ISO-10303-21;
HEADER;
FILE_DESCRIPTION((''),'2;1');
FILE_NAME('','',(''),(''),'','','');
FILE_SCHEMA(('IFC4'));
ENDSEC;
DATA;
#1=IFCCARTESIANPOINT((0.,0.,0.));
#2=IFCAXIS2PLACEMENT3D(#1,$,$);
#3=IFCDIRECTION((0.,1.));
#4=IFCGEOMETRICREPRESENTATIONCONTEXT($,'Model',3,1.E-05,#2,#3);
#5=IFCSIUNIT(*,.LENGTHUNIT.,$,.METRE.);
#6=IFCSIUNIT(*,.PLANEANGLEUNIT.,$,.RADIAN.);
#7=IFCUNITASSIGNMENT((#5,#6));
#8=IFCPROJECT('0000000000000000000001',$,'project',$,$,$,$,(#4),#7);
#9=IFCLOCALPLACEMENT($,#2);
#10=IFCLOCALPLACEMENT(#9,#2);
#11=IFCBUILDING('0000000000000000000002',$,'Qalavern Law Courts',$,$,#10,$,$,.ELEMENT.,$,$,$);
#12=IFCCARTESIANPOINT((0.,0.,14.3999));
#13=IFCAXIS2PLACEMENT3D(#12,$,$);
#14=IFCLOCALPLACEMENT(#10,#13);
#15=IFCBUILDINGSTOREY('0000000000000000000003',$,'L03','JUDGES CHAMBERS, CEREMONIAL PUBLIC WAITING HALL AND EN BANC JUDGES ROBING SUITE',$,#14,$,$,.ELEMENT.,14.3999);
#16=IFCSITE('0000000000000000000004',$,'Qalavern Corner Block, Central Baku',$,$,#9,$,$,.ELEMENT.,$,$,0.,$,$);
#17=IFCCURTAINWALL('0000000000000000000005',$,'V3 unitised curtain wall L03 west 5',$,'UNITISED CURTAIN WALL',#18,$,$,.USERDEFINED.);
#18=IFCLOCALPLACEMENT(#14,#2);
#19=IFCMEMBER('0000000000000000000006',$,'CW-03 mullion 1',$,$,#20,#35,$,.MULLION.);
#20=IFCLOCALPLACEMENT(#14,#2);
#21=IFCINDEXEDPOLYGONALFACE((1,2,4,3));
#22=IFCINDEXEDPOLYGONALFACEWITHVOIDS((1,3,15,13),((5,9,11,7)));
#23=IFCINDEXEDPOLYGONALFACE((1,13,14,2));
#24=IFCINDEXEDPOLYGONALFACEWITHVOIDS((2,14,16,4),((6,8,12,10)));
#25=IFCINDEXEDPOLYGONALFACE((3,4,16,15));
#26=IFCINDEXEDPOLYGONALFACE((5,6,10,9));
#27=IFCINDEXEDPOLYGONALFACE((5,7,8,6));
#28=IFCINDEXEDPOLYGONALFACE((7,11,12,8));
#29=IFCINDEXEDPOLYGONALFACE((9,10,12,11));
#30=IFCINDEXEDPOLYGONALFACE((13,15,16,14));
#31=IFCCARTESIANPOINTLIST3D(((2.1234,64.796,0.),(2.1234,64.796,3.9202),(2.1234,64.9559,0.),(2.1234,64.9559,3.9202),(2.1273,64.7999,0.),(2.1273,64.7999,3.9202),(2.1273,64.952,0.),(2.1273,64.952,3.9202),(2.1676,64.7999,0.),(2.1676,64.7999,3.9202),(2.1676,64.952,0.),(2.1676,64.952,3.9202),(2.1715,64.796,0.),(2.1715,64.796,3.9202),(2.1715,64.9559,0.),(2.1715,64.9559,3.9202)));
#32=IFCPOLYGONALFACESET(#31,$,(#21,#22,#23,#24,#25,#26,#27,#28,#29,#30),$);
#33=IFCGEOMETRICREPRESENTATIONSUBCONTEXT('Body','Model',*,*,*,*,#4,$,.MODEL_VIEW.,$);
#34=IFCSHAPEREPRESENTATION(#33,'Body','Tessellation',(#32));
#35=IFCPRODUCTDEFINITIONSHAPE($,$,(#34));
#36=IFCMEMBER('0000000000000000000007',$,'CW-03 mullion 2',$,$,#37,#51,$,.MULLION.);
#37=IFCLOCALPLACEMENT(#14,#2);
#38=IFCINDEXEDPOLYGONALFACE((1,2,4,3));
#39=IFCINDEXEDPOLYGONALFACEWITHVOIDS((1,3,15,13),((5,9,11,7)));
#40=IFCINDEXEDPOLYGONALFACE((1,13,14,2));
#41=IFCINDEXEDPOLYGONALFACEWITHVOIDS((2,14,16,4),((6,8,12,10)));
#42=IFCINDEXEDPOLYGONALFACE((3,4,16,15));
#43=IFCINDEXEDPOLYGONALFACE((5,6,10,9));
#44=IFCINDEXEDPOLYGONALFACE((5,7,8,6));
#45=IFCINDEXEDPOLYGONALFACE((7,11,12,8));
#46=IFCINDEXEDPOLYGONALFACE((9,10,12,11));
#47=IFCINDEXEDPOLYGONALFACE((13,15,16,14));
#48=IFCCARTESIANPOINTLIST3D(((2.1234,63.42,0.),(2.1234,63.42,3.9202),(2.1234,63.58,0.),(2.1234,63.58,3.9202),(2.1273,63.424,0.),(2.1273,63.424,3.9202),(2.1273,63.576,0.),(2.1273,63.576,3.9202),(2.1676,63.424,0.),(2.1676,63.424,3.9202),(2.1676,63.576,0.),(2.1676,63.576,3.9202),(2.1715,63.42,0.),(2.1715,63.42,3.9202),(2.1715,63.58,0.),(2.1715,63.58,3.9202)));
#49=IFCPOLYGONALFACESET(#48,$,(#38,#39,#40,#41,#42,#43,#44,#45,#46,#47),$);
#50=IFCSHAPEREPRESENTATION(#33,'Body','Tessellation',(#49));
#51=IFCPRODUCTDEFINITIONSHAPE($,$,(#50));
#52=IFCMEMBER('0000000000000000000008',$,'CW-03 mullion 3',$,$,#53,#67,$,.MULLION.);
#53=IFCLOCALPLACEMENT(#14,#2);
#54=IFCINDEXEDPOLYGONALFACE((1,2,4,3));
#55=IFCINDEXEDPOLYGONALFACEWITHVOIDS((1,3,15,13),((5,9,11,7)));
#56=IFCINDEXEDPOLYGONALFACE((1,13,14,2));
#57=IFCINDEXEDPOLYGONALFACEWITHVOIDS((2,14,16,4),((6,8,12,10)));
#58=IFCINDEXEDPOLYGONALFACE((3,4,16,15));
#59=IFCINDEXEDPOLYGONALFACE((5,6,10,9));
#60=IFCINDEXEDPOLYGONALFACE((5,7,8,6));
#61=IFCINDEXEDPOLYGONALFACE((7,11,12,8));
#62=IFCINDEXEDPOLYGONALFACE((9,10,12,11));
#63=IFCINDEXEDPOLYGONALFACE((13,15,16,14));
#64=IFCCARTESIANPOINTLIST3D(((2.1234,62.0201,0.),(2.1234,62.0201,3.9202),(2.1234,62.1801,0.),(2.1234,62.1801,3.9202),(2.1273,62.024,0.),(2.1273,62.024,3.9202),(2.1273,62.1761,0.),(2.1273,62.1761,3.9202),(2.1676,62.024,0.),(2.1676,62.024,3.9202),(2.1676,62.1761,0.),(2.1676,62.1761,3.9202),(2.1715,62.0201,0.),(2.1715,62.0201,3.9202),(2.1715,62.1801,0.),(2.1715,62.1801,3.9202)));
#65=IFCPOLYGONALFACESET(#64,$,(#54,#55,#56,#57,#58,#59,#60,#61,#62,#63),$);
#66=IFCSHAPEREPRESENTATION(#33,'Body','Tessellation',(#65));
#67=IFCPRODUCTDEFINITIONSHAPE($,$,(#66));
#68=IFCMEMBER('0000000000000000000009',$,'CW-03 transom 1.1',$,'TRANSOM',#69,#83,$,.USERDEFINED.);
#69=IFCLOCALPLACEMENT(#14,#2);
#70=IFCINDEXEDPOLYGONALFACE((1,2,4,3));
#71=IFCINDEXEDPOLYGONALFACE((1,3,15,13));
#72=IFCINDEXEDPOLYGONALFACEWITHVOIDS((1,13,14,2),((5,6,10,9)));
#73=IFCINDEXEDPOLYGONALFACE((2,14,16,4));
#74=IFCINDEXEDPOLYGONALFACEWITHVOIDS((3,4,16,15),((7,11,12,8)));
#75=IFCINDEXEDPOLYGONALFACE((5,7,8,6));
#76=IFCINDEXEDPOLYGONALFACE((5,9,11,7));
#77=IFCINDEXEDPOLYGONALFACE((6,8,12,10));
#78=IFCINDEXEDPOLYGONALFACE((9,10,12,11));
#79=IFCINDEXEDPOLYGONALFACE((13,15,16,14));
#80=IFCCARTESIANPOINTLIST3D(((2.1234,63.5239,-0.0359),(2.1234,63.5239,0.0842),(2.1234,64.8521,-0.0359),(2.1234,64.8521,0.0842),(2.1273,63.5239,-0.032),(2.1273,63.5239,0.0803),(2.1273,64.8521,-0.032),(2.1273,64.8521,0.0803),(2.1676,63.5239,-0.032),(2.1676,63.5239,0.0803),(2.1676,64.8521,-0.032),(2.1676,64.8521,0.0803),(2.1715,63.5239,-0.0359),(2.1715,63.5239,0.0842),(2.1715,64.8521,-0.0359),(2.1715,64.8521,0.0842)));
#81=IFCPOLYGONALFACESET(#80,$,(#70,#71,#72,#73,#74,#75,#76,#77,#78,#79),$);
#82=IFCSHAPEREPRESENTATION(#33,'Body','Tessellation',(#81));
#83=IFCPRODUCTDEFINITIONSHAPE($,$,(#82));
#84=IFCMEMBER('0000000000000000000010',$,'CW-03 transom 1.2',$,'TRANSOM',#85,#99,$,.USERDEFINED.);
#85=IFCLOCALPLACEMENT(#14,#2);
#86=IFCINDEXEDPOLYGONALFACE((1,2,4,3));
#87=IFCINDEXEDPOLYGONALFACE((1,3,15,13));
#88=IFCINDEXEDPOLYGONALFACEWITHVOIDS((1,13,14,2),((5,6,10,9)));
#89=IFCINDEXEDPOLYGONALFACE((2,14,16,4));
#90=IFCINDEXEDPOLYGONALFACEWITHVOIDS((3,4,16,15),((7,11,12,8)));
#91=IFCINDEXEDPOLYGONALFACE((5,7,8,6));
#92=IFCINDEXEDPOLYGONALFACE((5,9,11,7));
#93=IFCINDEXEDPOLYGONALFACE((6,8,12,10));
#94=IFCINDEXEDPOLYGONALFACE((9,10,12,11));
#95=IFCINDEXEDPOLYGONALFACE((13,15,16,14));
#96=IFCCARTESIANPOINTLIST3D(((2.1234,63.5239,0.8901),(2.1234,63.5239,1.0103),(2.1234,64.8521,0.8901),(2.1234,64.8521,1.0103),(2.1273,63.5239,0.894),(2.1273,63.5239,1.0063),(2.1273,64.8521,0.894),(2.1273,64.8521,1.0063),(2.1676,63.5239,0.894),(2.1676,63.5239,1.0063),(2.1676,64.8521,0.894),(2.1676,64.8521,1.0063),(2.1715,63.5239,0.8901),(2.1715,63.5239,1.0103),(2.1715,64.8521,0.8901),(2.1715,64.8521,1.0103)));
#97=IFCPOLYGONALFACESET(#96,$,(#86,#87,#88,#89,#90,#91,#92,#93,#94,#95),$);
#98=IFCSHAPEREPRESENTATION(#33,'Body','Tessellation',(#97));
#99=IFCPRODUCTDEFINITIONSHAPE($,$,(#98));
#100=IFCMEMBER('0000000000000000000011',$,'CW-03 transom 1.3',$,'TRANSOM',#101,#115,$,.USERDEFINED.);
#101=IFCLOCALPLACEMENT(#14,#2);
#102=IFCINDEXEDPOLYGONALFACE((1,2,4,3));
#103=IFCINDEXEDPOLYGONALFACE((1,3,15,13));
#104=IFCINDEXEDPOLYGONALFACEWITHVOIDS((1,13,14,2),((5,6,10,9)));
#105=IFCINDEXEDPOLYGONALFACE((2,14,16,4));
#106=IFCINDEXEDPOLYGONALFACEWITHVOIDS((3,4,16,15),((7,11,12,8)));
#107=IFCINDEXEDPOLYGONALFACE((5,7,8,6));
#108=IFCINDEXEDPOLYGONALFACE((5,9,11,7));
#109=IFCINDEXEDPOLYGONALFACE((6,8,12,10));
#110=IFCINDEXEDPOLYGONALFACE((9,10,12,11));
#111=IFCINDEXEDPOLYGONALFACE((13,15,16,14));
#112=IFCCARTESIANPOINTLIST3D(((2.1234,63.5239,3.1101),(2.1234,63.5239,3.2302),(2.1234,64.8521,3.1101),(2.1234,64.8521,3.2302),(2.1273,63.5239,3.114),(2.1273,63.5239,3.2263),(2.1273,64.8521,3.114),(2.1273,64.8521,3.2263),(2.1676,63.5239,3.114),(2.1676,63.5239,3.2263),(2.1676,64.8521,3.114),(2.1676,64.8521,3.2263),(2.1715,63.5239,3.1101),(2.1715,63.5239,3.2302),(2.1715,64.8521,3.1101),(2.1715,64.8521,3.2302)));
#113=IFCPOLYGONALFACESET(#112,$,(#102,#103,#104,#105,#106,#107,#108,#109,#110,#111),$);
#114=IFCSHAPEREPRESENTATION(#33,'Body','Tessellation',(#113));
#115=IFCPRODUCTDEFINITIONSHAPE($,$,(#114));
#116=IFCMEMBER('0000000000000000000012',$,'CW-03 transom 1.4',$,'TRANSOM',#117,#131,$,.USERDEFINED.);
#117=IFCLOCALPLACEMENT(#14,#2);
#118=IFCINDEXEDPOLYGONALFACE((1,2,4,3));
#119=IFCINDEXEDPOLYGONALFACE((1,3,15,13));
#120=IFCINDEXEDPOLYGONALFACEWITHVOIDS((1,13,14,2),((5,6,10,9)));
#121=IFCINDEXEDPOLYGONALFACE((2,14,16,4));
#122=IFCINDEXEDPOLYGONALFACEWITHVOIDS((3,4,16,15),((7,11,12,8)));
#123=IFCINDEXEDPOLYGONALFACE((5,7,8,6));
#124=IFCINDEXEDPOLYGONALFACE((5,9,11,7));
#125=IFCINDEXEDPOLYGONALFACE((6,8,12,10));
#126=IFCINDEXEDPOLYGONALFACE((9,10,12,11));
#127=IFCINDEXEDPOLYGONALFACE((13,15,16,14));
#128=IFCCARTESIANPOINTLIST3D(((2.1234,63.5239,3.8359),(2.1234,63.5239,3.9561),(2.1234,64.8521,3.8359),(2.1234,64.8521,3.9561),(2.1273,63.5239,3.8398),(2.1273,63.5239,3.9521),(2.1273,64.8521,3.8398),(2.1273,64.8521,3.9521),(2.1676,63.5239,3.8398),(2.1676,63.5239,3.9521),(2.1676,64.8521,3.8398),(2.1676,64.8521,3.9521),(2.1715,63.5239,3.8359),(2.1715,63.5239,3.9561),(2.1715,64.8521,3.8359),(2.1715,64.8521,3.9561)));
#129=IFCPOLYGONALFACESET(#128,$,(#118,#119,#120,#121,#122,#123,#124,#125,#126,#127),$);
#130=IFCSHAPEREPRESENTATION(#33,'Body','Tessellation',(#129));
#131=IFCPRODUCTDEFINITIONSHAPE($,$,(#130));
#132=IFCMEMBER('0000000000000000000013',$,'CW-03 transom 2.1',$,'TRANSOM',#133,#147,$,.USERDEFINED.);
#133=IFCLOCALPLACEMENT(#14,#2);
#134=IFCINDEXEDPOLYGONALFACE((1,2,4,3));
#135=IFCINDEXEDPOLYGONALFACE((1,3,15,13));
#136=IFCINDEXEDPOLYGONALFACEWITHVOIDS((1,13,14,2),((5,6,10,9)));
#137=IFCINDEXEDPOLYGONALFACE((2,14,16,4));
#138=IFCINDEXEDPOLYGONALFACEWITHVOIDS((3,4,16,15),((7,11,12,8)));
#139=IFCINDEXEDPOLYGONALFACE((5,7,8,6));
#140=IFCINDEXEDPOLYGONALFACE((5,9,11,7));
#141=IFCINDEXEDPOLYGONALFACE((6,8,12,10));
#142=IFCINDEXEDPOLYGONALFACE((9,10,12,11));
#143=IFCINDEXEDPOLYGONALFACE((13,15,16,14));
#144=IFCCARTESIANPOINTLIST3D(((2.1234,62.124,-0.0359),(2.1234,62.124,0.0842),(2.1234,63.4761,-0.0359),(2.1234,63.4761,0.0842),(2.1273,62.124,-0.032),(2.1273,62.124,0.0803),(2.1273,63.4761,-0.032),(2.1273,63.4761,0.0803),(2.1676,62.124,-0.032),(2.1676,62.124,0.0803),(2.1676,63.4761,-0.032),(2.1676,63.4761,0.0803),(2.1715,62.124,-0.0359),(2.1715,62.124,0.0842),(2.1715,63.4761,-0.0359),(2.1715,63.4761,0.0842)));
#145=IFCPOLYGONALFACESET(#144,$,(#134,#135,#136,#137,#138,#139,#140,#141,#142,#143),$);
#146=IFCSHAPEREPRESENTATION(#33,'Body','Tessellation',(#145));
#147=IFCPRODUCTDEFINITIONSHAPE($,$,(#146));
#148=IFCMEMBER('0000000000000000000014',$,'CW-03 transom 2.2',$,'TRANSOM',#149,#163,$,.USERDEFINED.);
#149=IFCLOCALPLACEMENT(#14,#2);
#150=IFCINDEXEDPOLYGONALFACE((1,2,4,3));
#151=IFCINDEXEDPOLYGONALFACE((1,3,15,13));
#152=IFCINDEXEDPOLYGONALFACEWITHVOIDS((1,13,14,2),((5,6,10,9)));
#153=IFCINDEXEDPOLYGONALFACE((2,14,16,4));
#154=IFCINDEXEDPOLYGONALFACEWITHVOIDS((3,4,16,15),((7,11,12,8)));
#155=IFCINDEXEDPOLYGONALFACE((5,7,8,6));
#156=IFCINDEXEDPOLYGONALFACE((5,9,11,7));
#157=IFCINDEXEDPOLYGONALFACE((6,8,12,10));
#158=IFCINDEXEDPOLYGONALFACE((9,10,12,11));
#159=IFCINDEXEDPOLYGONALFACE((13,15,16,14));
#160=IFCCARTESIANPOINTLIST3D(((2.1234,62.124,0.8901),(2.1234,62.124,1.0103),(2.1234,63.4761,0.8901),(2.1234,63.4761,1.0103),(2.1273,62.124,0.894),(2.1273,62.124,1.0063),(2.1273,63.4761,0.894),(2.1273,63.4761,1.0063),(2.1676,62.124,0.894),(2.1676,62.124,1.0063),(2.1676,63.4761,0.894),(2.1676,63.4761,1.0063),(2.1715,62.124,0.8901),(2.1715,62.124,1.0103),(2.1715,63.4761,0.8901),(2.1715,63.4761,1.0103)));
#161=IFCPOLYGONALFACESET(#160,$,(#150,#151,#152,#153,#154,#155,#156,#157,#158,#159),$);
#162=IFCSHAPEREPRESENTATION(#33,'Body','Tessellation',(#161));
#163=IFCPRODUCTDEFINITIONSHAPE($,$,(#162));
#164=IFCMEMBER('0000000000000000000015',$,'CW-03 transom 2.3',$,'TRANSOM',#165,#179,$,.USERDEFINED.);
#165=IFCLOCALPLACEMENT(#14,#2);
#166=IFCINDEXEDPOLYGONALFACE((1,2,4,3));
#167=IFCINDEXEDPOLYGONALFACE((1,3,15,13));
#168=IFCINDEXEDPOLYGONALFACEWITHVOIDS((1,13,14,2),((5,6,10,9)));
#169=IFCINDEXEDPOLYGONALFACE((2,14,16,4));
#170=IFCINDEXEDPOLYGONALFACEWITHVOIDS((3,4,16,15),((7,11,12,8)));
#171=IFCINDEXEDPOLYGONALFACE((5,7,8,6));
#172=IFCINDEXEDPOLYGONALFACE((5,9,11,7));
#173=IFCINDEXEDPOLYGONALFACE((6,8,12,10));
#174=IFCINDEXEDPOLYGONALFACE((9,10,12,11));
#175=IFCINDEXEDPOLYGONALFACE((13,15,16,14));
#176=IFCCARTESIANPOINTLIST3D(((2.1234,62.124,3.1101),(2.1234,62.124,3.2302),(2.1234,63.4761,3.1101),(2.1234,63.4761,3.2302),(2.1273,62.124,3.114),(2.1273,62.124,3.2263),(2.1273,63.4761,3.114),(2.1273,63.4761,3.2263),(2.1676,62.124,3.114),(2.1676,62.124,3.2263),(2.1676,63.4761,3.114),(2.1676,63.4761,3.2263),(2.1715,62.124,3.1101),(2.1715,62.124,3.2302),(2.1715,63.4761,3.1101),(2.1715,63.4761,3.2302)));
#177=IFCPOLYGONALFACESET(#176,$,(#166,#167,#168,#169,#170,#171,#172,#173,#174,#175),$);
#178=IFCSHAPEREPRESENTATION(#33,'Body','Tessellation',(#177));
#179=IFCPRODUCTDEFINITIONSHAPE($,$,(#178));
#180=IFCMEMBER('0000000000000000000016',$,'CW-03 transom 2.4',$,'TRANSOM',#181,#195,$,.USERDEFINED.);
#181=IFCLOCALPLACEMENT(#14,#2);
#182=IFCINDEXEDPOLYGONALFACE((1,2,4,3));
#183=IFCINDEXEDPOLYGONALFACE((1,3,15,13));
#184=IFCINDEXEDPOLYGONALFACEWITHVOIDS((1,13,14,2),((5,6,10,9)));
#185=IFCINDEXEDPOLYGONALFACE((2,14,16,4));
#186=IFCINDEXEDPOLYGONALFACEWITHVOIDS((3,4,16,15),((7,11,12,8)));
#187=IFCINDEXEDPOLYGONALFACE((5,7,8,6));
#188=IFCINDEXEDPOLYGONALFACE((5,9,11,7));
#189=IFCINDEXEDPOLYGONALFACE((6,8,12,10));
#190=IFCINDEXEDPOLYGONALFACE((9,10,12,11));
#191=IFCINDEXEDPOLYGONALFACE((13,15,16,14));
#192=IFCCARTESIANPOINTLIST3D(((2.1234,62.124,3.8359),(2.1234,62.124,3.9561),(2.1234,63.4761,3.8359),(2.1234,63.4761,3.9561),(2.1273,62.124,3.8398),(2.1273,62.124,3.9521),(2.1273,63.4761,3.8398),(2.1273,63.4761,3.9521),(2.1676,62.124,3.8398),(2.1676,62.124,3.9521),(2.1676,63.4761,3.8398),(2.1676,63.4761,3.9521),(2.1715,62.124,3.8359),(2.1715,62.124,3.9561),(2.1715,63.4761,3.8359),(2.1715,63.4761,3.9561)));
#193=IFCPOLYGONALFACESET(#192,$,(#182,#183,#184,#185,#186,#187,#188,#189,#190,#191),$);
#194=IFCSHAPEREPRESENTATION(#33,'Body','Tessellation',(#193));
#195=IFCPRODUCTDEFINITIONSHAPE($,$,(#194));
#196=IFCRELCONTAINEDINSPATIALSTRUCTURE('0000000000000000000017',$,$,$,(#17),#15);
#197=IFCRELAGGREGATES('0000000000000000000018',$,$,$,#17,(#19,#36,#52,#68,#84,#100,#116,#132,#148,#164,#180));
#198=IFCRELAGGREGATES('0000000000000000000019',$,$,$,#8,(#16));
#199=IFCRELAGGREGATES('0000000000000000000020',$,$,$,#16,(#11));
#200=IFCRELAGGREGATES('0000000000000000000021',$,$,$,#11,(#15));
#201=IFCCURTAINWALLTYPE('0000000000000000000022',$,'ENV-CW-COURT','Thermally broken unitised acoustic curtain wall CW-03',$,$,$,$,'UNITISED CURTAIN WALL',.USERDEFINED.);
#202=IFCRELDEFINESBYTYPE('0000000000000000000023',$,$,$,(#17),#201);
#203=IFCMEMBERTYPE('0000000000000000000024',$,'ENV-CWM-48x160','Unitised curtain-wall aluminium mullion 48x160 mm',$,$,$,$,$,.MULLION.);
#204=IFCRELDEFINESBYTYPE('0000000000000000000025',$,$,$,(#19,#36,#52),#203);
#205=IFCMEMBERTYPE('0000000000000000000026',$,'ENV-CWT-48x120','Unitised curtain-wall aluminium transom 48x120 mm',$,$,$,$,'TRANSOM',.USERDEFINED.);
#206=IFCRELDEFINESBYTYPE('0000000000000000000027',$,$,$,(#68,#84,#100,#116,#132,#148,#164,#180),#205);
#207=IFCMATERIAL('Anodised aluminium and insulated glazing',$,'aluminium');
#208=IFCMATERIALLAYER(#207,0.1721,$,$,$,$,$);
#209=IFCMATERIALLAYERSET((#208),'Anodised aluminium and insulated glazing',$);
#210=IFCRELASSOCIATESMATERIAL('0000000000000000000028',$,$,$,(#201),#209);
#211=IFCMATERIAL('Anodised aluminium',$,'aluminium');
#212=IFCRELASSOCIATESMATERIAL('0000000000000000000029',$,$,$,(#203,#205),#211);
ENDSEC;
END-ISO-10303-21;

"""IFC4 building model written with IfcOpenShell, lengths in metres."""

from ifc_helpers import new_model, si_unit, direction, frame, origin, origin_2d, place, context, subcontext, project, spatial, hollow_rectangle, extrude, material, layer, layer_set, material_profile, profile_set, type_object, element, aggregate, save


model = new_model("IFC4")

# Units and contexts
model_context = context("Model", 3, precision=1e-05, world=origin(), true_north=direction((0.0, 1.0)))
body_context = subcontext(model_context, "Body", "Model", "MODEL_VIEW")
ifc_project = project(units=[si_unit("LENGTHUNIT", "METRE"), si_unit("PLANEANGLEUNIT", "RADIAN")], contexts=[model_context])

# Site, building, storey
site_placement = place(None, origin())
site = spatial("IfcSite", under=ifc_project, at=site_placement, Name="Qalavern Corner Block, Central Baku", CompositionType="ELEMENT", RefElevation=0.0)
building_placement = place(site_placement, origin())
building = spatial("IfcBuilding", under=site, at=building_placement, Name="Qalavern Law Courts", CompositionType="ELEMENT")
storey_placement = place(building_placement, frame((0.0, 0.0, 14.3999)))
storey = spatial("IfcBuildingStorey", under=building, at=storey_placement, Name="L03", Description="JUDGES CHAMBERS, CEREMONIAL PUBLIC WAITING HALL AND EN BANC JUDGES ROBING SUITE", CompositionType="ELEMENT", Elevation=14.3999)

# Curtain wall, members
ifc_material_1 = material(Name="Anodised aluminium and insulated glazing", Category="aluminium")
ifc_layer_1 = layer(ifc_material_1, 0.1721)
ifc_layer_set_1 = layer_set([ifc_layer_1], Name="Anodised aluminium and insulated glazing")
curtain_wall_type = type_object("IfcCurtainWallType", Name="ENV-CW-COURT", Description="Thermally broken unitised acoustic curtain wall CW-03", ElementType="UNITISED CURTAIN WALL", PredefinedType="USERDEFINED", material=ifc_layer_set_1)
curtain_wall_placement = place(storey_placement, origin())
curtain_wall = element("IfcCurtainWall", 1, at=curtain_wall_placement, inside=storey, type_object=curtain_wall_type, Name="V3 unitised curtain wall L03 west 5", ObjectType="UNITISED CURTAIN WALL", PredefinedType="USERDEFINED")
ifc_material_2 = material(Name="Anodised aluminium", Category="aluminium")
ifc_material_profile_1 = material_profile(ifc_material_2, hollow_rectangle(XDim=0.0481, YDim=0.1599, WallThickness=0.0039, at=origin_2d()), Name="ALU MULLION 48x160")
ifc_profile_set_1 = profile_set([ifc_material_profile_1], Name="Anodised aluminium")
member_type_1 = type_object("IfcMemberType", Name="ENV-CWM-48x160", Description="Unitised curtain-wall aluminium mullion 48x160 mm", PredefinedType="MULLION", material=ifc_profile_set_1)
member_1_placement = place(storey_placement, frame((2.1475, 64.876, 0.0), z_axis=(0.0, 0.0, 1.0), x_axis=(1.0, 0.0, 0.0)))
member_1 = element("IfcMember", 2, at=member_1_placement, type_object=member_type_1, Name="CW-03 mullion 1", PredefinedType="MULLION", context=body_context, shape_type="SweptSolid", body=[
    extrude(hollow_rectangle(XDim=0.0481, YDim=0.1599, WallThickness=0.0039, at=origin_2d()), origin(), (0.0, 0.0, 1.0), 3.9202),
])
member_2_placement = place(storey_placement, frame((2.1475, 63.5, 0.0), z_axis=(0.0, 0.0, 1.0), x_axis=(1.0, 0.0, 0.0)))
member_2 = element("IfcMember", 3, at=member_2_placement, type_object=member_type_1, Name="CW-03 mullion 2", PredefinedType="MULLION", context=body_context, shape_type="SweptSolid", body=[
    extrude(hollow_rectangle(XDim=0.0481, YDim=0.1599, WallThickness=0.0039, at=origin_2d()), origin(), (0.0, 0.0, 1.0), 3.9202),
])
member_3_placement = place(storey_placement, frame((2.1475, 62.1001, 0.0), z_axis=(0.0, 0.0, 1.0), x_axis=(1.0, 0.0, 0.0)))
member_3 = element("IfcMember", 4, at=member_3_placement, type_object=member_type_1, Name="CW-03 mullion 3", PredefinedType="MULLION", context=body_context, shape_type="SweptSolid", body=[
    extrude(hollow_rectangle(XDim=0.0481, YDim=0.1599, WallThickness=0.0039, at=origin_2d()), origin(), (0.0, 0.0, 1.0), 3.9202),
])
ifc_material_profile_2 = material_profile(ifc_material_2, hollow_rectangle(XDim=0.0481, YDim=0.1201, WallThickness=0.0039, at=origin_2d()), Name="ALU TRANSOM 48x120")
ifc_profile_set_2 = profile_set([ifc_material_profile_2], Name="Anodised aluminium")
member_type_2 = type_object("IfcMemberType", Name="ENV-CWT-48x120", Description="Unitised curtain-wall aluminium transom 48x120 mm", ElementType="TRANSOM", PredefinedType="USERDEFINED", material=ifc_profile_set_2)
member_4_placement = place(storey_placement, frame((2.1475, 64.8521, 0.0242), z_axis=(0.0, -1.0, 0.0), x_axis=(1.0, 0.0, 0.0)))
member_4 = element("IfcMember", 5, at=member_4_placement, type_object=member_type_2, Name="CW-03 transom 1.1", ObjectType="TRANSOM", PredefinedType="USERDEFINED", context=body_context, shape_type="SweptSolid", body=[
    extrude(hollow_rectangle(XDim=0.0481, YDim=0.1201, WallThickness=0.0039, at=origin_2d()), origin(), (0.0, 0.0, 1.0), 1.3281),
])
member_5_placement = place(storey_placement, frame((2.1475, 64.8521, 0.9502), z_axis=(0.0, -1.0, 0.0), x_axis=(1.0, 0.0, 0.0)))
member_5 = element("IfcMember", 6, at=member_5_placement, type_object=member_type_2, Name="CW-03 transom 1.2", ObjectType="TRANSOM", PredefinedType="USERDEFINED", context=body_context, shape_type="SweptSolid", body=[
    extrude(hollow_rectangle(XDim=0.0481, YDim=0.1201, WallThickness=0.0039, at=origin_2d()), origin(), (0.0, 0.0, 1.0), 1.3281),
])
member_6_placement = place(storey_placement, frame((2.1475, 64.8521, 3.1702), z_axis=(0.0, -1.0, 0.0), x_axis=(1.0, 0.0, 0.0)))
member_6 = element("IfcMember", 7, at=member_6_placement, type_object=member_type_2, Name="CW-03 transom 1.3", ObjectType="TRANSOM", PredefinedType="USERDEFINED", context=body_context, shape_type="SweptSolid", body=[
    extrude(hollow_rectangle(XDim=0.0481, YDim=0.1201, WallThickness=0.0039, at=origin_2d()), origin(), (0.0, 0.0, 1.0), 1.3281),
])
member_7_placement = place(storey_placement, frame((2.1475, 64.8521, 3.896), z_axis=(0.0, -1.0, 0.0), x_axis=(1.0, 0.0, 0.0)))
member_7 = element("IfcMember", 8, at=member_7_placement, type_object=member_type_2, Name="CW-03 transom 1.4", ObjectType="TRANSOM", PredefinedType="USERDEFINED", context=body_context, shape_type="SweptSolid", body=[
    extrude(hollow_rectangle(XDim=0.0481, YDim=0.1201, WallThickness=0.0039, at=origin_2d()), origin(), (0.0, 0.0, 1.0), 1.3281),
])
member_8_placement = place(storey_placement, frame((2.1475, 63.4761, 0.0242), z_axis=(0.0, -1.0, 0.0), x_axis=(1.0, 0.0, 0.0)))
member_8 = element("IfcMember", 9, at=member_8_placement, type_object=member_type_2, Name="CW-03 transom 2.1", ObjectType="TRANSOM", PredefinedType="USERDEFINED", context=body_context, shape_type="SweptSolid", body=[
    extrude(hollow_rectangle(XDim=0.0481, YDim=0.1201, WallThickness=0.0039, at=origin_2d()), origin(), (0.0, 0.0, 1.0), 1.3521),
])
member_9_placement = place(storey_placement, frame((2.1475, 63.4761, 0.9502), z_axis=(0.0, -1.0, 0.0), x_axis=(1.0, 0.0, 0.0)))
member_9 = element("IfcMember", 10, at=member_9_placement, type_object=member_type_2, Name="CW-03 transom 2.2", ObjectType="TRANSOM", PredefinedType="USERDEFINED", context=body_context, shape_type="SweptSolid", body=[
    extrude(hollow_rectangle(XDim=0.0481, YDim=0.1201, WallThickness=0.0039, at=origin_2d()), origin(), (0.0, 0.0, 1.0), 1.3521),
])
member_10_placement = place(storey_placement, frame((2.1475, 63.4761, 3.1702), z_axis=(0.0, -1.0, 0.0), x_axis=(1.0, 0.0, 0.0)))
member_10 = element("IfcMember", 11, at=member_10_placement, type_object=member_type_2, Name="CW-03 transom 2.3", ObjectType="TRANSOM", PredefinedType="USERDEFINED", context=body_context, shape_type="SweptSolid", body=[
    extrude(hollow_rectangle(XDim=0.0481, YDim=0.1201, WallThickness=0.0039, at=origin_2d()), origin(), (0.0, 0.0, 1.0), 1.3521),
])
member_11_placement = place(storey_placement, frame((2.1475, 63.4761, 3.896), z_axis=(0.0, -1.0, 0.0), x_axis=(1.0, 0.0, 0.0)))
member_11 = element("IfcMember", 12, at=member_11_placement, type_object=member_type_2, Name="CW-03 transom 2.4", ObjectType="TRANSOM", PredefinedType="USERDEFINED", context=body_context, shape_type="SweptSolid", body=[
    extrude(hollow_rectangle(XDim=0.0481, YDim=0.1201, WallThickness=0.0039, at=origin_2d()), origin(), (0.0, 0.0, 1.0), 1.3521),
])

aggregate(curtain_wall, [member_1, member_2, member_3, member_4, member_5, member_6, member_7, member_8, member_9, member_10, member_11])

save(model, "model.ifc")
